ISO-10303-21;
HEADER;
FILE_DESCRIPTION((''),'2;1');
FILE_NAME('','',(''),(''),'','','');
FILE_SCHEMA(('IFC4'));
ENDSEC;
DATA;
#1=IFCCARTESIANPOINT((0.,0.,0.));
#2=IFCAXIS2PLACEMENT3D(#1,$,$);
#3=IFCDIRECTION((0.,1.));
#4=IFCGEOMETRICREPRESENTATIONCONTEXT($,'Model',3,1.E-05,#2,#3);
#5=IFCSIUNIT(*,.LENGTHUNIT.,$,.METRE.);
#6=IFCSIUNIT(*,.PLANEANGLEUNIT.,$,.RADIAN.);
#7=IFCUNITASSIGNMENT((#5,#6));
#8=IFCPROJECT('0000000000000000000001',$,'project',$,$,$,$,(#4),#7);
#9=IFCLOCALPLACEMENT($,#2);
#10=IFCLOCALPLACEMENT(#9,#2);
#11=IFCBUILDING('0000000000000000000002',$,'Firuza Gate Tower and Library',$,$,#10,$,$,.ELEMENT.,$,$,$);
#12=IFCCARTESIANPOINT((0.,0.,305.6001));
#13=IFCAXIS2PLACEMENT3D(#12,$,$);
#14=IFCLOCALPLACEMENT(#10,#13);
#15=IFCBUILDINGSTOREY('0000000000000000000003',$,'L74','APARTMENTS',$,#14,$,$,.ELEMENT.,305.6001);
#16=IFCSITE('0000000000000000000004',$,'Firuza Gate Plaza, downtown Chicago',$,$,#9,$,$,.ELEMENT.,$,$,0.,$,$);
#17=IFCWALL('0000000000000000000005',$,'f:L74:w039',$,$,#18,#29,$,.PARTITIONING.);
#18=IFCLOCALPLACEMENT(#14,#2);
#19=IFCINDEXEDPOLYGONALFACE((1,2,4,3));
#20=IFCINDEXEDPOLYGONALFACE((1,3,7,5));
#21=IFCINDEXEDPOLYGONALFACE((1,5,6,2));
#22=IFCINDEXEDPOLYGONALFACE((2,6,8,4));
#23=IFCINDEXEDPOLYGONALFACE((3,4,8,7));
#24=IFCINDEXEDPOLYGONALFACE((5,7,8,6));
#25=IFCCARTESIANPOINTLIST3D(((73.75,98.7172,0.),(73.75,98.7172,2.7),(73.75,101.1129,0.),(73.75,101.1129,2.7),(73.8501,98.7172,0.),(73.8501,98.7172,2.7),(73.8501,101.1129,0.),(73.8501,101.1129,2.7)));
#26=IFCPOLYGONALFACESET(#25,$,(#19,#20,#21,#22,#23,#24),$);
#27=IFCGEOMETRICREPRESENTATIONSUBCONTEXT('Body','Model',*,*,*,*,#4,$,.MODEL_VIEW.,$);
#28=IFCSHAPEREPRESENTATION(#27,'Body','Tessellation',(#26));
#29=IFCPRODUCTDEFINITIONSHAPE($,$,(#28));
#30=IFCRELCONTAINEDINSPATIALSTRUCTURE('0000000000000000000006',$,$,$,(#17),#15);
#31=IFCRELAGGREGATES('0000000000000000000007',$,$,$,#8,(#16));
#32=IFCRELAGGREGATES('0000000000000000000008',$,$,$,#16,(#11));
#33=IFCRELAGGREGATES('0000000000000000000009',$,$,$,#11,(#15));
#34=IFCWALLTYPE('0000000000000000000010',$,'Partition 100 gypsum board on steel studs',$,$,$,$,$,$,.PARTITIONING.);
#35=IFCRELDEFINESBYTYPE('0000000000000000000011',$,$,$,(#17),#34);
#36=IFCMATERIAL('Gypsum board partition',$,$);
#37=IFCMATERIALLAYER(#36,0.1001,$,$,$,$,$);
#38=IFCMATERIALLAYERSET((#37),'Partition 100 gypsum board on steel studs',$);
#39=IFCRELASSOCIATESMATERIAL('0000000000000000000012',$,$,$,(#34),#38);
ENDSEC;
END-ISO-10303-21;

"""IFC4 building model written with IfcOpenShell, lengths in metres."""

from ifc_helpers import new_model, si_unit, direction, frame, frame_2d, origin, place, context, subcontext, project, spatial, rectangle, extrude, material, layer, layer_set, type_object, element, save


model = new_model("IFC4")

# Units and contexts
model_context = context("Model", 3, precision=1e-05, world=origin(), true_north=direction((0.0, 1.0)))
body_context = subcontext(model_context, "Body", "Model", "MODEL_VIEW")
ifc_project = project(units=[si_unit("LENGTHUNIT", "METRE"), si_unit("PLANEANGLEUNIT", "RADIAN")], contexts=[model_context])

# Site, building, storey
site_placement = place(None, origin())
site = spatial("IfcSite", under=ifc_project, at=site_placement, Name="Firuza Gate Plaza, downtown Chicago", CompositionType="ELEMENT", RefElevation=0.0)
building_placement = place(site_placement, origin())
building = spatial("IfcBuilding", under=site, at=building_placement, Name="Firuza Gate Tower and Library", CompositionType="ELEMENT")
storey_placement = place(building_placement, frame((0.0, 0.0, 305.6001)))
storey = spatial("IfcBuildingStorey", under=building, at=storey_placement, Name="L74", Description="APARTMENTS", CompositionType="ELEMENT", Elevation=305.6001)

# Wall
ifc_material_1 = material(Name="Gypsum board partition")
ifc_layer_1 = layer(ifc_material_1, 0.1001)
ifc_layer_set_1 = layer_set([ifc_layer_1], Name="Partition 100 gypsum board on steel studs")
wall_type_1 = type_object("IfcWallType", Name="Partition 100 gypsum board on steel studs", PredefinedType="PARTITIONING", material=ifc_layer_set_1)
wall_1_placement = place(storey_placement, frame((73.8, 98.7173, 0.0), z_axis=(0.0, 0.0, 1.0), x_axis=(0.0, 1.0, 0.0)))
element("IfcWall", 1, at=wall_1_placement, inside=storey, type_object=wall_type_1, Name="f:L74:w039", PredefinedType="PARTITIONING", context=body_context, shape_type="SweptSolid", body=[
    extrude(rectangle(XDim=2.3958, YDim=0.1001, at=frame_2d((1.1978, 0.0))), origin(), (0.0, 0.0, 1.0), 2.7),
])

save(model, "model.ifc")
